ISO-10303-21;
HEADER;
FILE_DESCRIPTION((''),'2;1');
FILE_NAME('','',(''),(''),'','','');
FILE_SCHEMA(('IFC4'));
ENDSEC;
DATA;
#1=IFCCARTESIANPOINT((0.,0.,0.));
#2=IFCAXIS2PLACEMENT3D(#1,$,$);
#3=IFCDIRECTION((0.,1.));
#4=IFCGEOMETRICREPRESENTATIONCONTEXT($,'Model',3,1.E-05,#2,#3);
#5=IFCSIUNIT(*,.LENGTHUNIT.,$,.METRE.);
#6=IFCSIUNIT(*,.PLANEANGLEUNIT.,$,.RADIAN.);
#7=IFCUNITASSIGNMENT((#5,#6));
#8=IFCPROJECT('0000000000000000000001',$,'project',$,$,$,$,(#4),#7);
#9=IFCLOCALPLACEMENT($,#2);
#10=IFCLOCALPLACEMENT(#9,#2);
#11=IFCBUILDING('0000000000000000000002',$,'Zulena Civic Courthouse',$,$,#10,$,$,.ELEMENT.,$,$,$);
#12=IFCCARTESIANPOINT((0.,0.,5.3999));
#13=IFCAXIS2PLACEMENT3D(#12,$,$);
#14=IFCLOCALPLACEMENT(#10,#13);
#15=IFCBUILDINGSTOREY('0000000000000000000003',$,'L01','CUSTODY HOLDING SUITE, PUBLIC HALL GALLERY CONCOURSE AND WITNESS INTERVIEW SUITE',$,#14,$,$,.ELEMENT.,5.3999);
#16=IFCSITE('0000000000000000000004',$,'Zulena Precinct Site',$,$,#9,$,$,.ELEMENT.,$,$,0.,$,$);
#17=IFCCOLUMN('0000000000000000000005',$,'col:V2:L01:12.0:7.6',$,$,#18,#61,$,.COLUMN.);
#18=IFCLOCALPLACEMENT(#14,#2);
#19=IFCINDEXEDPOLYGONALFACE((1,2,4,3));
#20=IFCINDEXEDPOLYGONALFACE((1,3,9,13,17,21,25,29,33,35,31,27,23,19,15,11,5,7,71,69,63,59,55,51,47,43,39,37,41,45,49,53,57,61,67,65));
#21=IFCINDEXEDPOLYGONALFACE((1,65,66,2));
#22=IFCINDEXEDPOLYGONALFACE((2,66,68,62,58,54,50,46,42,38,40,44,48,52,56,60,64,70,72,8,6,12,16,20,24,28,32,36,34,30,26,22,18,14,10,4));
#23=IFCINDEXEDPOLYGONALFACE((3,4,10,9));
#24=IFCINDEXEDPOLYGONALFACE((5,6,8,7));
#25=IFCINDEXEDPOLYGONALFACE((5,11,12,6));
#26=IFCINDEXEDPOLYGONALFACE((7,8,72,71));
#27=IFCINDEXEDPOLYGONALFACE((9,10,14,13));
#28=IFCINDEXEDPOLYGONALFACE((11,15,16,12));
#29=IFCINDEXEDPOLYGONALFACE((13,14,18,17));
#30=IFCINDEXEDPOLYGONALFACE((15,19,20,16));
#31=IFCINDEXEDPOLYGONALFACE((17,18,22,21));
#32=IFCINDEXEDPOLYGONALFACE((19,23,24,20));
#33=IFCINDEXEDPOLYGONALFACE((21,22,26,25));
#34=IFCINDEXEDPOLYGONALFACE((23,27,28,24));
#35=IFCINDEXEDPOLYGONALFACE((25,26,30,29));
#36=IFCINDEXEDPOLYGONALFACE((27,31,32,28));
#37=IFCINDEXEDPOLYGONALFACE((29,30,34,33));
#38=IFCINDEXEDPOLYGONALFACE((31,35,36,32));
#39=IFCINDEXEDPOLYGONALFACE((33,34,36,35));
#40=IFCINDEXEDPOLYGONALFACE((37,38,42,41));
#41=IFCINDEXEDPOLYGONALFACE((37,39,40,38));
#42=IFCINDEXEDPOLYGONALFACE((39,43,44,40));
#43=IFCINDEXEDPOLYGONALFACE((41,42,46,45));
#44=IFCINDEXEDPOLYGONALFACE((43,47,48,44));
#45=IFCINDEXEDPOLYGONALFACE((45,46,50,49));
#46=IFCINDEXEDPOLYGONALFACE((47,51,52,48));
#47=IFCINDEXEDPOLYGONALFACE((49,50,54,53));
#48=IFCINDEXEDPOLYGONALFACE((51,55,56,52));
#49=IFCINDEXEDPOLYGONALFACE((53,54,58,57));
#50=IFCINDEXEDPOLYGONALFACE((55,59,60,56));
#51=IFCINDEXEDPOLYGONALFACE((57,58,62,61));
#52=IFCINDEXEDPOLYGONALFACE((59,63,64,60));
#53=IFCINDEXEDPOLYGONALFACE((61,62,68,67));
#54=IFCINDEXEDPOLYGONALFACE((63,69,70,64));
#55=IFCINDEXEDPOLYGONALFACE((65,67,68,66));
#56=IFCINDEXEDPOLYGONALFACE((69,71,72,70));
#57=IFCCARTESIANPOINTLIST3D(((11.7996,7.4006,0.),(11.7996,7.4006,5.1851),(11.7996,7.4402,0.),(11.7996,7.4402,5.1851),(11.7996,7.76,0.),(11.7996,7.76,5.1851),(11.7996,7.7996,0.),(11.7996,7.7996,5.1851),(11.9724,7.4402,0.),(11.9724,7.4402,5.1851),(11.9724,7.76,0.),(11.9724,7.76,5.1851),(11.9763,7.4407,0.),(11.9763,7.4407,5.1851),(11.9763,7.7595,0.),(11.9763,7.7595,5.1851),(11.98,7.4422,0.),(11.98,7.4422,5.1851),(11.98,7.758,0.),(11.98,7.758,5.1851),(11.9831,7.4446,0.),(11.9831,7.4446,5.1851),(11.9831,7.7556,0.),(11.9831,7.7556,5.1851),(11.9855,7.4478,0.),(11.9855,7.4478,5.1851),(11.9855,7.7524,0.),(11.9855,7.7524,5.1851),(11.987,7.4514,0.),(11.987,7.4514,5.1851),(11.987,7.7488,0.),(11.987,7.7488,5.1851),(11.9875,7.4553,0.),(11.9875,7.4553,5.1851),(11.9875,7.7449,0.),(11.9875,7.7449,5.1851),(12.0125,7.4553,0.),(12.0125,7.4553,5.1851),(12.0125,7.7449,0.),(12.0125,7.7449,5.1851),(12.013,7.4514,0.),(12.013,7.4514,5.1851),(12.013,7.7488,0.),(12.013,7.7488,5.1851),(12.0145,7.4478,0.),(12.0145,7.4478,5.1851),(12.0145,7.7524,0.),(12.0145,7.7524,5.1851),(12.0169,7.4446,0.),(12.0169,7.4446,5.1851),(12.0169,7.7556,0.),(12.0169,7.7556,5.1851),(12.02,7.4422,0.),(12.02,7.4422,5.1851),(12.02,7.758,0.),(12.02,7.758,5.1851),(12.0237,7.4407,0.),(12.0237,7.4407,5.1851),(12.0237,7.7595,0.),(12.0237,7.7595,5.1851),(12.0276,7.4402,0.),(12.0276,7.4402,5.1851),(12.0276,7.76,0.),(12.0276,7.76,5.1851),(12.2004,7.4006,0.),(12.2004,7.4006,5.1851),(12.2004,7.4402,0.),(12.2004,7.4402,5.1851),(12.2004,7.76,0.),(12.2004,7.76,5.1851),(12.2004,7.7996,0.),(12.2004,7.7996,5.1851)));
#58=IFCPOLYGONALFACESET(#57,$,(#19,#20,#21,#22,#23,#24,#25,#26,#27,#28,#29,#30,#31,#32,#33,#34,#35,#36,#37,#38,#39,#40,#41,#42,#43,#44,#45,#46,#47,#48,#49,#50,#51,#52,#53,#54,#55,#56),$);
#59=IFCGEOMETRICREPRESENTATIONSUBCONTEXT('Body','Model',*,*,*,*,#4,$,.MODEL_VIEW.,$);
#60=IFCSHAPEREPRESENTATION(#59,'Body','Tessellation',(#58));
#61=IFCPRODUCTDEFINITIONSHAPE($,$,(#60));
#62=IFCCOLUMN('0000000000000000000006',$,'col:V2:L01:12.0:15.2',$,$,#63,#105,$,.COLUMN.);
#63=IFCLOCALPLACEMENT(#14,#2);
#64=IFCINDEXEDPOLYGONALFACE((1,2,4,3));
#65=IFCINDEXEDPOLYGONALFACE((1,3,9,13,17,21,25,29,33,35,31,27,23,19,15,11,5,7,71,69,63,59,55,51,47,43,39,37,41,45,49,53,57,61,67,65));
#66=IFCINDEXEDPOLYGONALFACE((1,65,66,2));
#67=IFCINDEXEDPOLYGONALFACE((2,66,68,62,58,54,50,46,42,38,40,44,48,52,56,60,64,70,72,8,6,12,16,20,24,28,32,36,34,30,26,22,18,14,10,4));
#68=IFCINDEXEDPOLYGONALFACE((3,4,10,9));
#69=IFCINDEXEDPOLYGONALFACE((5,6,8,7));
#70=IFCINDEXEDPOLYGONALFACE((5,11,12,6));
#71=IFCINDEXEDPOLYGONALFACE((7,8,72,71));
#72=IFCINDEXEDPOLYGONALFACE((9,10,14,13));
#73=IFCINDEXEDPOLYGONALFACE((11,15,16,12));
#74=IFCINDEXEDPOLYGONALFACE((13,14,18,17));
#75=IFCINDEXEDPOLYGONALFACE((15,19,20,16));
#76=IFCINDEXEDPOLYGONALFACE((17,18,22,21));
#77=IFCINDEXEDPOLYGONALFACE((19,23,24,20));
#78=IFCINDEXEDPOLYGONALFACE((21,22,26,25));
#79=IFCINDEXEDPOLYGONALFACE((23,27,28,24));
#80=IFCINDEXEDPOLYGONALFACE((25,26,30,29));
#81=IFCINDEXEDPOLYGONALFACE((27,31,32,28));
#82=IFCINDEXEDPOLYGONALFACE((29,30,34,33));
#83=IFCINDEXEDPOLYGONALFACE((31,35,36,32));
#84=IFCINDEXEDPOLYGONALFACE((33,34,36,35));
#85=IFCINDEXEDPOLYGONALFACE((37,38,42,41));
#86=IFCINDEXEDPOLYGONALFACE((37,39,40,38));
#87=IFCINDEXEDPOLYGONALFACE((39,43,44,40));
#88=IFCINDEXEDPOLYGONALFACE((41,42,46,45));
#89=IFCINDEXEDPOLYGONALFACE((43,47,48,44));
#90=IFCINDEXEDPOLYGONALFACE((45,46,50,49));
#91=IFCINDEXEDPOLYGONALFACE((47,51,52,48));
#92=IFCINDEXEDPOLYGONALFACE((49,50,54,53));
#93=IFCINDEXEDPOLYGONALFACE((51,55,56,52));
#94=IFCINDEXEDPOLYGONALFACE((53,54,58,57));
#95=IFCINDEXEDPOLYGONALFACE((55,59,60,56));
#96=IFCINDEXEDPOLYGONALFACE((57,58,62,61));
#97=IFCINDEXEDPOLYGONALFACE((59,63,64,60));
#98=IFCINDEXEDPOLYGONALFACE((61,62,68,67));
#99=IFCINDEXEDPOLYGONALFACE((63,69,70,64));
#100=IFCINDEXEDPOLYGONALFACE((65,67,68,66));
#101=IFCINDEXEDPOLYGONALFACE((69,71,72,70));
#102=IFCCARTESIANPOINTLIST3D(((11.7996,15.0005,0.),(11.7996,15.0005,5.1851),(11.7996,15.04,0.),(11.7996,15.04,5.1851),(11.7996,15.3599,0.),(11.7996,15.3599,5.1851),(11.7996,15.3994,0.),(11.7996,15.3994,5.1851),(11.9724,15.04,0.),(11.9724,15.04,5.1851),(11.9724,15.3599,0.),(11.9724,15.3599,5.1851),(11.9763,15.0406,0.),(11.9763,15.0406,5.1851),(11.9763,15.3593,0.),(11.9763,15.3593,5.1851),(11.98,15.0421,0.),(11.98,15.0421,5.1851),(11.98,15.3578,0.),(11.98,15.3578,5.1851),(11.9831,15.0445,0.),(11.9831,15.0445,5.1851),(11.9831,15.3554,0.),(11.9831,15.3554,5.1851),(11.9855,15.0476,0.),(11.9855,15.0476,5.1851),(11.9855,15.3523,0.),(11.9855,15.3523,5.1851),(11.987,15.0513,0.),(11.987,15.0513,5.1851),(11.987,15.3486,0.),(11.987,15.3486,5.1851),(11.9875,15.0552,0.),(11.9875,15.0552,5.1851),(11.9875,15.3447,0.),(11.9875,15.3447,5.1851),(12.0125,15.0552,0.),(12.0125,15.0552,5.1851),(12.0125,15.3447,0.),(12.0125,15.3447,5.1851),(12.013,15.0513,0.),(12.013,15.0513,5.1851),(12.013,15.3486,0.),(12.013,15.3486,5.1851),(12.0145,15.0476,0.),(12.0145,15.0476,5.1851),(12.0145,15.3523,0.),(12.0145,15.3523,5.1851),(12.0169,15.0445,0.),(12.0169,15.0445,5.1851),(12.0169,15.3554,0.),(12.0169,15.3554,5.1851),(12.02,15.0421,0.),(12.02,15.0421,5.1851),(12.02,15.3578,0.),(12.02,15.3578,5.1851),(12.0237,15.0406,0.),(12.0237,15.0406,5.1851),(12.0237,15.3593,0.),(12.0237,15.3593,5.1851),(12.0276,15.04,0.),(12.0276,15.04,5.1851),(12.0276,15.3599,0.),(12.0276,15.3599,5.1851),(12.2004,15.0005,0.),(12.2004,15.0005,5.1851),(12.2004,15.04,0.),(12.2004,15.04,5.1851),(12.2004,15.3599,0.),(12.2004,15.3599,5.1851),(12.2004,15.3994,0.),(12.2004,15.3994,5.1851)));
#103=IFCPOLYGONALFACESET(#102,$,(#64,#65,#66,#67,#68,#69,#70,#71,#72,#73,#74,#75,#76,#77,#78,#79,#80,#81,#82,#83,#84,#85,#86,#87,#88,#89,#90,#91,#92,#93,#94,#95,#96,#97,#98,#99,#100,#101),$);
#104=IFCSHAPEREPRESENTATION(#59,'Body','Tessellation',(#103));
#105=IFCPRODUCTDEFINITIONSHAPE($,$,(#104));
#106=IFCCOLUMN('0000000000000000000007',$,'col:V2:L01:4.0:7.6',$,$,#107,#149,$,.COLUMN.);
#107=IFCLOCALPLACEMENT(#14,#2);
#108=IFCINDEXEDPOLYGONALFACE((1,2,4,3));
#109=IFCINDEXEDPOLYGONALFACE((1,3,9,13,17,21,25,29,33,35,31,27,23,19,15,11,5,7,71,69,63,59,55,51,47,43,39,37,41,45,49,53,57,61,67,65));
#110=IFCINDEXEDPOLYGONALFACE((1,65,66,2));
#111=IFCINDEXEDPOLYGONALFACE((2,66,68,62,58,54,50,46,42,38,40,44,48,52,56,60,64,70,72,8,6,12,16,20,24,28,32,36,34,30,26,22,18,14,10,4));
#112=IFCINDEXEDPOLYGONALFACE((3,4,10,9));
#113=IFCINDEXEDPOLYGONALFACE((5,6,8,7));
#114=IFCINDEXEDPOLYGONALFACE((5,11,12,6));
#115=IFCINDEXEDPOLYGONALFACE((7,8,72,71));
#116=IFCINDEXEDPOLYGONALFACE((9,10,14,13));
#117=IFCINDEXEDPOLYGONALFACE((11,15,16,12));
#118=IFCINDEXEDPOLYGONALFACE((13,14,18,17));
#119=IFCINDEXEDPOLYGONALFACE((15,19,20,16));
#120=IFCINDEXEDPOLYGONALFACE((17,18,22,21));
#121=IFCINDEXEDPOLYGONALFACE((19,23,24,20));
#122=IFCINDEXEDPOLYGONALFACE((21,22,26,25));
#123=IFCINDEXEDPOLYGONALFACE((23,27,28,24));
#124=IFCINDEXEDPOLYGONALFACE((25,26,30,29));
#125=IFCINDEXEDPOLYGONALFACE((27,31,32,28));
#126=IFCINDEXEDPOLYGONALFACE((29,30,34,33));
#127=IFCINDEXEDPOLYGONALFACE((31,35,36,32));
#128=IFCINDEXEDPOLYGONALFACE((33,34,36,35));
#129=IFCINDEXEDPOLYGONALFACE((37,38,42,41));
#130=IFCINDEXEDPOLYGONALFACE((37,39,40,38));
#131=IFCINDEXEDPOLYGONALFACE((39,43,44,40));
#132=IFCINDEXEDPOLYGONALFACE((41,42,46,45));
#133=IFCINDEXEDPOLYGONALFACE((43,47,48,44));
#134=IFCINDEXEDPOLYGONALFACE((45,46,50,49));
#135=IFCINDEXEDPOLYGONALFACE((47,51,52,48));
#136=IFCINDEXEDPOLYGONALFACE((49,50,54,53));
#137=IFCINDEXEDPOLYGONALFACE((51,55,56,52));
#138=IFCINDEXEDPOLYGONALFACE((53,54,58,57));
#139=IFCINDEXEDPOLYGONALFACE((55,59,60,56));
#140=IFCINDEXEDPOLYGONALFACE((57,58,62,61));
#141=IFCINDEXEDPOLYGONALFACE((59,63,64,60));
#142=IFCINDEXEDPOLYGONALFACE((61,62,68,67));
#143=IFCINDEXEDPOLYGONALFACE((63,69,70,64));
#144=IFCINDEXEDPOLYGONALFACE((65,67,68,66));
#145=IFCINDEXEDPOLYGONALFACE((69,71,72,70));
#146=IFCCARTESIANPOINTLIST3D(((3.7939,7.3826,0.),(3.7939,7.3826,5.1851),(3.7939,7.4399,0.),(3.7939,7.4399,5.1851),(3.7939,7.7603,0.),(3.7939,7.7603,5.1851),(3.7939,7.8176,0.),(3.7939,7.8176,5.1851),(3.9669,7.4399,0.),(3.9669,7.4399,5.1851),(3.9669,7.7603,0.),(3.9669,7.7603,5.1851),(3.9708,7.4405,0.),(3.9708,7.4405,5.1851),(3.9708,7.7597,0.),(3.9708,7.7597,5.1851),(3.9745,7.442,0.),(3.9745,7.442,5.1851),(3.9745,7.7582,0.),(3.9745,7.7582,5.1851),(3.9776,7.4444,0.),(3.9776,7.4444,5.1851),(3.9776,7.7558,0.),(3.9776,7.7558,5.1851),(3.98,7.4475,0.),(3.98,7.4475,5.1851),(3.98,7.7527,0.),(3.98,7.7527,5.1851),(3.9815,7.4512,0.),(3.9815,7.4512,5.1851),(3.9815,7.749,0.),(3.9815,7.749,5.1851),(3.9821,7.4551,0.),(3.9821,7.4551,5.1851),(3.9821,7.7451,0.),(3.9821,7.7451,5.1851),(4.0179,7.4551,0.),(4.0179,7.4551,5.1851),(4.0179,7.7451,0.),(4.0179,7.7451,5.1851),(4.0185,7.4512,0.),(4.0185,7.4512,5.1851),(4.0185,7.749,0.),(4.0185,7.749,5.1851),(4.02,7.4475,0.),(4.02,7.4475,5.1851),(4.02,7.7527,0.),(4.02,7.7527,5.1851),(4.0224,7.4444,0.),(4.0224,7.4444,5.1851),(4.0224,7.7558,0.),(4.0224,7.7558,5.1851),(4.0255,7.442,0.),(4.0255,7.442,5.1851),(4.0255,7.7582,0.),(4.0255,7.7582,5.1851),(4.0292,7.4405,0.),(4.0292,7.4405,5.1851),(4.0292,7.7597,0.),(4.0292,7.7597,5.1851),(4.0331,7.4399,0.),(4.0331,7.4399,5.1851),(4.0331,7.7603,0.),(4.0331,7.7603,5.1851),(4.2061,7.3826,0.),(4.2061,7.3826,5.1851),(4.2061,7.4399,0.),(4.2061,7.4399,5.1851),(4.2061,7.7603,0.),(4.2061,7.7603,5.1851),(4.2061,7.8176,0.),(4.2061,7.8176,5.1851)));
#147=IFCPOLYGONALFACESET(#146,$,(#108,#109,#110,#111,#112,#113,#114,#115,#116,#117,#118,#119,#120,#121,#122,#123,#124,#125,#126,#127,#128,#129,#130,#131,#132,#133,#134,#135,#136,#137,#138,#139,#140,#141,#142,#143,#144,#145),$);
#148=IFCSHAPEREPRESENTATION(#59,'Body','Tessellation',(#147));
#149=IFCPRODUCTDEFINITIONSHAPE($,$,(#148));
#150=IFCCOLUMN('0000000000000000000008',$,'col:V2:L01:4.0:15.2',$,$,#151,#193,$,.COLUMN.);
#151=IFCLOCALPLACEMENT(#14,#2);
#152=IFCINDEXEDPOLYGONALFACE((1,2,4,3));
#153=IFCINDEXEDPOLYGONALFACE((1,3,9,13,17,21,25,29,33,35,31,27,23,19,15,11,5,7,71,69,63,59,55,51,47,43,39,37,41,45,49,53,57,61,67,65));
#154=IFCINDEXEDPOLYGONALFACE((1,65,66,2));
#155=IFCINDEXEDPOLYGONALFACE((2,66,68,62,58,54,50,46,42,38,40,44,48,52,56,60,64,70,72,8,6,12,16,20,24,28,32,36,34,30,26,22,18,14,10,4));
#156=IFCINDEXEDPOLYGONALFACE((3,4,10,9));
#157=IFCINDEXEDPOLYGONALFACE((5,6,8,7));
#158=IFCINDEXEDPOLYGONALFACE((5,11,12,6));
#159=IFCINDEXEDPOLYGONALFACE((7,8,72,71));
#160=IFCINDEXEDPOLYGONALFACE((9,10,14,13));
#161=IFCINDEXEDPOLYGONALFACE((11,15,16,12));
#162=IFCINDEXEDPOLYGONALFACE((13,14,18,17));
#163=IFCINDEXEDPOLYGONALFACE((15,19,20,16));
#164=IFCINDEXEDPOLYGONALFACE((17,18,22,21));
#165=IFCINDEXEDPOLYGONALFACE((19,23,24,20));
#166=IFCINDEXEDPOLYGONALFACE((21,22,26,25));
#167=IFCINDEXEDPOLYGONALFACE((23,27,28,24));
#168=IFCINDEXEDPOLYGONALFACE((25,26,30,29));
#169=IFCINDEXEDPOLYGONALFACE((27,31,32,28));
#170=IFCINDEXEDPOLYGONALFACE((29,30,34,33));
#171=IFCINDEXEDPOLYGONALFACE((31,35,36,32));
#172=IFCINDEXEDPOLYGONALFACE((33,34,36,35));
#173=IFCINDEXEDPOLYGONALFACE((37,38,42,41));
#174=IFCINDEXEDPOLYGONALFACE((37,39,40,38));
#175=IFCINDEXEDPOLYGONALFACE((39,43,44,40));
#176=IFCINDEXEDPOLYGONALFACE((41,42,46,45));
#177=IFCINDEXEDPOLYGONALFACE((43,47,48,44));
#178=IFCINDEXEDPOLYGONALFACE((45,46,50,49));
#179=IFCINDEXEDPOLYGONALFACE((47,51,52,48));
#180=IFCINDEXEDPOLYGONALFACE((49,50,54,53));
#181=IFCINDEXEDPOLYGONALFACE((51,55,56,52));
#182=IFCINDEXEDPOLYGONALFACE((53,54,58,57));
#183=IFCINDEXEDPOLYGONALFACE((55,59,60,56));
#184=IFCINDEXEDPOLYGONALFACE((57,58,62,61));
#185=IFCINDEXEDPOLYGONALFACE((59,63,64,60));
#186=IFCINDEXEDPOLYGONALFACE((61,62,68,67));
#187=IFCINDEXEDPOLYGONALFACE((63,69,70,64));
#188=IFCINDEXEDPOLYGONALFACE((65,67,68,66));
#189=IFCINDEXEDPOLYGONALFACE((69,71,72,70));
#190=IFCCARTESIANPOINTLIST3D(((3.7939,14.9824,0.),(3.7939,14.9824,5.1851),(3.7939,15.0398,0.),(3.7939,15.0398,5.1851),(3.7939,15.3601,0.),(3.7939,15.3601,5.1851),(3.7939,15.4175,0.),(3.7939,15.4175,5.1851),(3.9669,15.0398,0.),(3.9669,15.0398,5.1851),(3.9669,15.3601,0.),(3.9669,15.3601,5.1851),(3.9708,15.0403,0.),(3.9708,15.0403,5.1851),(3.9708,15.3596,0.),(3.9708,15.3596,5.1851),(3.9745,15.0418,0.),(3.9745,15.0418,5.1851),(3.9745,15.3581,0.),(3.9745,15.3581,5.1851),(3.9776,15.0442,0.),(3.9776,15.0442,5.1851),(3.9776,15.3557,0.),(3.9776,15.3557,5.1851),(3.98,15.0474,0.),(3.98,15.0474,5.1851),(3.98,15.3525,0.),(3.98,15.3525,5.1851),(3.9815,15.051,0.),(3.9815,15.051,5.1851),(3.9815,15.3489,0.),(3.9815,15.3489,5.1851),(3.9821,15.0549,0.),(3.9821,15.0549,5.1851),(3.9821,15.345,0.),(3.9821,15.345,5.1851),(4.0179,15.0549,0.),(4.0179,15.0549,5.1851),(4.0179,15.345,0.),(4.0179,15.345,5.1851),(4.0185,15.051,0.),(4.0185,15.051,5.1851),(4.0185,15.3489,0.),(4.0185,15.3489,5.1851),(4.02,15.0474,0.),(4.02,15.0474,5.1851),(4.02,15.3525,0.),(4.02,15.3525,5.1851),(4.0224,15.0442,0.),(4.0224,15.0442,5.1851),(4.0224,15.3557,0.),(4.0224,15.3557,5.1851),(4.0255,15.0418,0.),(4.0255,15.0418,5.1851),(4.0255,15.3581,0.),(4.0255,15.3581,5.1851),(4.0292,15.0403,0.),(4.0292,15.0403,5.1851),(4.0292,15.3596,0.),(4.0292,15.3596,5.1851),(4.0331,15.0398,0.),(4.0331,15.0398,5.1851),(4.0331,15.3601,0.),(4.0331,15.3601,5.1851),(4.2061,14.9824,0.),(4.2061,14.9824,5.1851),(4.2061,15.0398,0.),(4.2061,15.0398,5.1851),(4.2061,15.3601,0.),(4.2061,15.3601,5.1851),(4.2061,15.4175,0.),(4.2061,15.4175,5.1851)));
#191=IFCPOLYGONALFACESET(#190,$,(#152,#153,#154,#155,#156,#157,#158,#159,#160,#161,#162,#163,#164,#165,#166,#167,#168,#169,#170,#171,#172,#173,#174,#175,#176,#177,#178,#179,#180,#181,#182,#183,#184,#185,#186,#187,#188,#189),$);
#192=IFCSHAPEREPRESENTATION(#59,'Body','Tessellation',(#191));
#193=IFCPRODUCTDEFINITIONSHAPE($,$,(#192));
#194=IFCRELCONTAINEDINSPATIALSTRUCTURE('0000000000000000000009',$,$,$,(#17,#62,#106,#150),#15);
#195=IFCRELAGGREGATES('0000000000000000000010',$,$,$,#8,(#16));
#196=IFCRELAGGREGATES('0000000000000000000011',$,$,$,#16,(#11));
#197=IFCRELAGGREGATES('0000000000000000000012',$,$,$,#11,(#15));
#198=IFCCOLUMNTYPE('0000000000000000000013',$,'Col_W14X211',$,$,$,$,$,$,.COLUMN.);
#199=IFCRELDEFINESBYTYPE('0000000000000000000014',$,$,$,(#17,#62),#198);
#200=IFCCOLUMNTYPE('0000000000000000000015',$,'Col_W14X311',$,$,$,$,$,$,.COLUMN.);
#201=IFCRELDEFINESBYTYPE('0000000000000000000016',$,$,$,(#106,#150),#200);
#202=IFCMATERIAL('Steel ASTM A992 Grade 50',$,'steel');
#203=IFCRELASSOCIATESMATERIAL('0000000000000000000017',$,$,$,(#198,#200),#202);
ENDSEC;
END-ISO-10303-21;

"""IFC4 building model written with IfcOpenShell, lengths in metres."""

from ifc_helpers import new_model, si_unit, direction, frame, origin, origin_2d, place, context, subcontext, project, spatial, i_section, extrude, material, material_profile, profile_set, type_object, element, save


model = new_model("IFC4")

# Units and contexts
model_context = context("Model", 3, precision=1e-05, world=origin(), true_north=direction((0.0, 1.0)))
body_context = subcontext(model_context, "Body", "Model", "MODEL_VIEW")
ifc_project = project(units=[si_unit("LENGTHUNIT", "METRE"), si_unit("PLANEANGLEUNIT", "RADIAN")], contexts=[model_context])

# Site, building, storey
site_placement = place(None, origin())
site = spatial("IfcSite", under=ifc_project, at=site_placement, Name="Zulena Precinct Site", CompositionType="ELEMENT", RefElevation=0.0)
building_placement = place(site_placement, origin())
building = spatial("IfcBuilding", under=site, at=building_placement, Name="Zulena Civic Courthouse", CompositionType="ELEMENT")
storey_placement = place(building_placement, frame((0.0, 0.0, 5.3999)))
storey = spatial("IfcBuildingStorey", under=building, at=storey_placement, Name="L01", Description="CUSTODY HOLDING SUITE, PUBLIC HALL GALLERY CONCOURSE AND WITNESS INTERVIEW SUITE", CompositionType="ELEMENT", Elevation=5.3999)

# Columns
ifc_material_1 = material(Name="Steel ASTM A992 Grade 50", Category="steel")
ifc_material_profile_1 = material_profile(ifc_material_1, i_section(OverallWidth=0.4009, OverallDepth=0.3989, WebThickness=0.0249, FlangeThickness=0.0396, FilletRadius=0.0151, at=origin_2d()), Name="W14X211")
ifc_profile_set_1 = profile_set([ifc_material_profile_1], Name="Steel ASTM A992 Grade 50")
column_type_1 = type_object("IfcColumnType", Name="Col_W14X211", PredefinedType="COLUMN", material=ifc_profile_set_1)
for number, where, z_axis, x_axis, name in (
    (1, (12.0, 7.6001, 0.0), (0.0, 0.0, 1.0), (1.0, 0.0, 0.0), "col:V2:L01:12.0:7.6"),
    (2, (12.0, 15.2, 0.0), (0.0, 0.0, 1.0), (1.0, 0.0, 0.0), "col:V2:L01:12.0:15.2"),
):
    element("IfcColumn", number, at=place(storey_placement, frame(where, z_axis=z_axis, x_axis=x_axis)), inside=storey, type_object=column_type_1, Name=name, PredefinedType="COLUMN", context=body_context, shape_type="SweptSolid", body=[
        extrude(i_section(OverallWidth=0.4009, OverallDepth=0.3989, WebThickness=0.0249, FlangeThickness=0.0396, FilletRadius=0.0151, at=origin_2d()), origin(), (0.0, 0.0, 1.0), 5.1851),
    ])
ifc_material_profile_2 = material_profile(ifc_material_1, i_section(OverallWidth=0.4121, OverallDepth=0.4351, WebThickness=0.0359, FlangeThickness=0.0574, FilletRadius=0.0151, at=origin_2d()), Name="W14X311")
ifc_profile_set_2 = profile_set([ifc_material_profile_2], Name="Steel ASTM A992 Grade 50")
column_type_2 = type_object("IfcColumnType", Name="Col_W14X311", PredefinedType="COLUMN", material=ifc_profile_set_2)
for number, where, z_axis, x_axis, name in (
    (3, (4.0, 7.6001, 0.0), (0.0, 0.0, 1.0), (1.0, 0.0, 0.0), "col:V2:L01:4.0:7.6"),
    (4, (4.0, 15.2, 0.0), (0.0, 0.0, 1.0), (1.0, 0.0, 0.0), "col:V2:L01:4.0:15.2"),
):
    element("IfcColumn", number, at=place(storey_placement, frame(where, z_axis=z_axis, x_axis=x_axis)), inside=storey, type_object=column_type_2, Name=name, PredefinedType="COLUMN", context=body_context, shape_type="SweptSolid", body=[
        extrude(i_section(OverallWidth=0.4121, OverallDepth=0.4351, WebThickness=0.0359, FlangeThickness=0.0574, FilletRadius=0.0151, at=origin_2d()), origin(), (0.0, 0.0, 1.0), 5.1851),
    ])

save(model, "model.ifc")
